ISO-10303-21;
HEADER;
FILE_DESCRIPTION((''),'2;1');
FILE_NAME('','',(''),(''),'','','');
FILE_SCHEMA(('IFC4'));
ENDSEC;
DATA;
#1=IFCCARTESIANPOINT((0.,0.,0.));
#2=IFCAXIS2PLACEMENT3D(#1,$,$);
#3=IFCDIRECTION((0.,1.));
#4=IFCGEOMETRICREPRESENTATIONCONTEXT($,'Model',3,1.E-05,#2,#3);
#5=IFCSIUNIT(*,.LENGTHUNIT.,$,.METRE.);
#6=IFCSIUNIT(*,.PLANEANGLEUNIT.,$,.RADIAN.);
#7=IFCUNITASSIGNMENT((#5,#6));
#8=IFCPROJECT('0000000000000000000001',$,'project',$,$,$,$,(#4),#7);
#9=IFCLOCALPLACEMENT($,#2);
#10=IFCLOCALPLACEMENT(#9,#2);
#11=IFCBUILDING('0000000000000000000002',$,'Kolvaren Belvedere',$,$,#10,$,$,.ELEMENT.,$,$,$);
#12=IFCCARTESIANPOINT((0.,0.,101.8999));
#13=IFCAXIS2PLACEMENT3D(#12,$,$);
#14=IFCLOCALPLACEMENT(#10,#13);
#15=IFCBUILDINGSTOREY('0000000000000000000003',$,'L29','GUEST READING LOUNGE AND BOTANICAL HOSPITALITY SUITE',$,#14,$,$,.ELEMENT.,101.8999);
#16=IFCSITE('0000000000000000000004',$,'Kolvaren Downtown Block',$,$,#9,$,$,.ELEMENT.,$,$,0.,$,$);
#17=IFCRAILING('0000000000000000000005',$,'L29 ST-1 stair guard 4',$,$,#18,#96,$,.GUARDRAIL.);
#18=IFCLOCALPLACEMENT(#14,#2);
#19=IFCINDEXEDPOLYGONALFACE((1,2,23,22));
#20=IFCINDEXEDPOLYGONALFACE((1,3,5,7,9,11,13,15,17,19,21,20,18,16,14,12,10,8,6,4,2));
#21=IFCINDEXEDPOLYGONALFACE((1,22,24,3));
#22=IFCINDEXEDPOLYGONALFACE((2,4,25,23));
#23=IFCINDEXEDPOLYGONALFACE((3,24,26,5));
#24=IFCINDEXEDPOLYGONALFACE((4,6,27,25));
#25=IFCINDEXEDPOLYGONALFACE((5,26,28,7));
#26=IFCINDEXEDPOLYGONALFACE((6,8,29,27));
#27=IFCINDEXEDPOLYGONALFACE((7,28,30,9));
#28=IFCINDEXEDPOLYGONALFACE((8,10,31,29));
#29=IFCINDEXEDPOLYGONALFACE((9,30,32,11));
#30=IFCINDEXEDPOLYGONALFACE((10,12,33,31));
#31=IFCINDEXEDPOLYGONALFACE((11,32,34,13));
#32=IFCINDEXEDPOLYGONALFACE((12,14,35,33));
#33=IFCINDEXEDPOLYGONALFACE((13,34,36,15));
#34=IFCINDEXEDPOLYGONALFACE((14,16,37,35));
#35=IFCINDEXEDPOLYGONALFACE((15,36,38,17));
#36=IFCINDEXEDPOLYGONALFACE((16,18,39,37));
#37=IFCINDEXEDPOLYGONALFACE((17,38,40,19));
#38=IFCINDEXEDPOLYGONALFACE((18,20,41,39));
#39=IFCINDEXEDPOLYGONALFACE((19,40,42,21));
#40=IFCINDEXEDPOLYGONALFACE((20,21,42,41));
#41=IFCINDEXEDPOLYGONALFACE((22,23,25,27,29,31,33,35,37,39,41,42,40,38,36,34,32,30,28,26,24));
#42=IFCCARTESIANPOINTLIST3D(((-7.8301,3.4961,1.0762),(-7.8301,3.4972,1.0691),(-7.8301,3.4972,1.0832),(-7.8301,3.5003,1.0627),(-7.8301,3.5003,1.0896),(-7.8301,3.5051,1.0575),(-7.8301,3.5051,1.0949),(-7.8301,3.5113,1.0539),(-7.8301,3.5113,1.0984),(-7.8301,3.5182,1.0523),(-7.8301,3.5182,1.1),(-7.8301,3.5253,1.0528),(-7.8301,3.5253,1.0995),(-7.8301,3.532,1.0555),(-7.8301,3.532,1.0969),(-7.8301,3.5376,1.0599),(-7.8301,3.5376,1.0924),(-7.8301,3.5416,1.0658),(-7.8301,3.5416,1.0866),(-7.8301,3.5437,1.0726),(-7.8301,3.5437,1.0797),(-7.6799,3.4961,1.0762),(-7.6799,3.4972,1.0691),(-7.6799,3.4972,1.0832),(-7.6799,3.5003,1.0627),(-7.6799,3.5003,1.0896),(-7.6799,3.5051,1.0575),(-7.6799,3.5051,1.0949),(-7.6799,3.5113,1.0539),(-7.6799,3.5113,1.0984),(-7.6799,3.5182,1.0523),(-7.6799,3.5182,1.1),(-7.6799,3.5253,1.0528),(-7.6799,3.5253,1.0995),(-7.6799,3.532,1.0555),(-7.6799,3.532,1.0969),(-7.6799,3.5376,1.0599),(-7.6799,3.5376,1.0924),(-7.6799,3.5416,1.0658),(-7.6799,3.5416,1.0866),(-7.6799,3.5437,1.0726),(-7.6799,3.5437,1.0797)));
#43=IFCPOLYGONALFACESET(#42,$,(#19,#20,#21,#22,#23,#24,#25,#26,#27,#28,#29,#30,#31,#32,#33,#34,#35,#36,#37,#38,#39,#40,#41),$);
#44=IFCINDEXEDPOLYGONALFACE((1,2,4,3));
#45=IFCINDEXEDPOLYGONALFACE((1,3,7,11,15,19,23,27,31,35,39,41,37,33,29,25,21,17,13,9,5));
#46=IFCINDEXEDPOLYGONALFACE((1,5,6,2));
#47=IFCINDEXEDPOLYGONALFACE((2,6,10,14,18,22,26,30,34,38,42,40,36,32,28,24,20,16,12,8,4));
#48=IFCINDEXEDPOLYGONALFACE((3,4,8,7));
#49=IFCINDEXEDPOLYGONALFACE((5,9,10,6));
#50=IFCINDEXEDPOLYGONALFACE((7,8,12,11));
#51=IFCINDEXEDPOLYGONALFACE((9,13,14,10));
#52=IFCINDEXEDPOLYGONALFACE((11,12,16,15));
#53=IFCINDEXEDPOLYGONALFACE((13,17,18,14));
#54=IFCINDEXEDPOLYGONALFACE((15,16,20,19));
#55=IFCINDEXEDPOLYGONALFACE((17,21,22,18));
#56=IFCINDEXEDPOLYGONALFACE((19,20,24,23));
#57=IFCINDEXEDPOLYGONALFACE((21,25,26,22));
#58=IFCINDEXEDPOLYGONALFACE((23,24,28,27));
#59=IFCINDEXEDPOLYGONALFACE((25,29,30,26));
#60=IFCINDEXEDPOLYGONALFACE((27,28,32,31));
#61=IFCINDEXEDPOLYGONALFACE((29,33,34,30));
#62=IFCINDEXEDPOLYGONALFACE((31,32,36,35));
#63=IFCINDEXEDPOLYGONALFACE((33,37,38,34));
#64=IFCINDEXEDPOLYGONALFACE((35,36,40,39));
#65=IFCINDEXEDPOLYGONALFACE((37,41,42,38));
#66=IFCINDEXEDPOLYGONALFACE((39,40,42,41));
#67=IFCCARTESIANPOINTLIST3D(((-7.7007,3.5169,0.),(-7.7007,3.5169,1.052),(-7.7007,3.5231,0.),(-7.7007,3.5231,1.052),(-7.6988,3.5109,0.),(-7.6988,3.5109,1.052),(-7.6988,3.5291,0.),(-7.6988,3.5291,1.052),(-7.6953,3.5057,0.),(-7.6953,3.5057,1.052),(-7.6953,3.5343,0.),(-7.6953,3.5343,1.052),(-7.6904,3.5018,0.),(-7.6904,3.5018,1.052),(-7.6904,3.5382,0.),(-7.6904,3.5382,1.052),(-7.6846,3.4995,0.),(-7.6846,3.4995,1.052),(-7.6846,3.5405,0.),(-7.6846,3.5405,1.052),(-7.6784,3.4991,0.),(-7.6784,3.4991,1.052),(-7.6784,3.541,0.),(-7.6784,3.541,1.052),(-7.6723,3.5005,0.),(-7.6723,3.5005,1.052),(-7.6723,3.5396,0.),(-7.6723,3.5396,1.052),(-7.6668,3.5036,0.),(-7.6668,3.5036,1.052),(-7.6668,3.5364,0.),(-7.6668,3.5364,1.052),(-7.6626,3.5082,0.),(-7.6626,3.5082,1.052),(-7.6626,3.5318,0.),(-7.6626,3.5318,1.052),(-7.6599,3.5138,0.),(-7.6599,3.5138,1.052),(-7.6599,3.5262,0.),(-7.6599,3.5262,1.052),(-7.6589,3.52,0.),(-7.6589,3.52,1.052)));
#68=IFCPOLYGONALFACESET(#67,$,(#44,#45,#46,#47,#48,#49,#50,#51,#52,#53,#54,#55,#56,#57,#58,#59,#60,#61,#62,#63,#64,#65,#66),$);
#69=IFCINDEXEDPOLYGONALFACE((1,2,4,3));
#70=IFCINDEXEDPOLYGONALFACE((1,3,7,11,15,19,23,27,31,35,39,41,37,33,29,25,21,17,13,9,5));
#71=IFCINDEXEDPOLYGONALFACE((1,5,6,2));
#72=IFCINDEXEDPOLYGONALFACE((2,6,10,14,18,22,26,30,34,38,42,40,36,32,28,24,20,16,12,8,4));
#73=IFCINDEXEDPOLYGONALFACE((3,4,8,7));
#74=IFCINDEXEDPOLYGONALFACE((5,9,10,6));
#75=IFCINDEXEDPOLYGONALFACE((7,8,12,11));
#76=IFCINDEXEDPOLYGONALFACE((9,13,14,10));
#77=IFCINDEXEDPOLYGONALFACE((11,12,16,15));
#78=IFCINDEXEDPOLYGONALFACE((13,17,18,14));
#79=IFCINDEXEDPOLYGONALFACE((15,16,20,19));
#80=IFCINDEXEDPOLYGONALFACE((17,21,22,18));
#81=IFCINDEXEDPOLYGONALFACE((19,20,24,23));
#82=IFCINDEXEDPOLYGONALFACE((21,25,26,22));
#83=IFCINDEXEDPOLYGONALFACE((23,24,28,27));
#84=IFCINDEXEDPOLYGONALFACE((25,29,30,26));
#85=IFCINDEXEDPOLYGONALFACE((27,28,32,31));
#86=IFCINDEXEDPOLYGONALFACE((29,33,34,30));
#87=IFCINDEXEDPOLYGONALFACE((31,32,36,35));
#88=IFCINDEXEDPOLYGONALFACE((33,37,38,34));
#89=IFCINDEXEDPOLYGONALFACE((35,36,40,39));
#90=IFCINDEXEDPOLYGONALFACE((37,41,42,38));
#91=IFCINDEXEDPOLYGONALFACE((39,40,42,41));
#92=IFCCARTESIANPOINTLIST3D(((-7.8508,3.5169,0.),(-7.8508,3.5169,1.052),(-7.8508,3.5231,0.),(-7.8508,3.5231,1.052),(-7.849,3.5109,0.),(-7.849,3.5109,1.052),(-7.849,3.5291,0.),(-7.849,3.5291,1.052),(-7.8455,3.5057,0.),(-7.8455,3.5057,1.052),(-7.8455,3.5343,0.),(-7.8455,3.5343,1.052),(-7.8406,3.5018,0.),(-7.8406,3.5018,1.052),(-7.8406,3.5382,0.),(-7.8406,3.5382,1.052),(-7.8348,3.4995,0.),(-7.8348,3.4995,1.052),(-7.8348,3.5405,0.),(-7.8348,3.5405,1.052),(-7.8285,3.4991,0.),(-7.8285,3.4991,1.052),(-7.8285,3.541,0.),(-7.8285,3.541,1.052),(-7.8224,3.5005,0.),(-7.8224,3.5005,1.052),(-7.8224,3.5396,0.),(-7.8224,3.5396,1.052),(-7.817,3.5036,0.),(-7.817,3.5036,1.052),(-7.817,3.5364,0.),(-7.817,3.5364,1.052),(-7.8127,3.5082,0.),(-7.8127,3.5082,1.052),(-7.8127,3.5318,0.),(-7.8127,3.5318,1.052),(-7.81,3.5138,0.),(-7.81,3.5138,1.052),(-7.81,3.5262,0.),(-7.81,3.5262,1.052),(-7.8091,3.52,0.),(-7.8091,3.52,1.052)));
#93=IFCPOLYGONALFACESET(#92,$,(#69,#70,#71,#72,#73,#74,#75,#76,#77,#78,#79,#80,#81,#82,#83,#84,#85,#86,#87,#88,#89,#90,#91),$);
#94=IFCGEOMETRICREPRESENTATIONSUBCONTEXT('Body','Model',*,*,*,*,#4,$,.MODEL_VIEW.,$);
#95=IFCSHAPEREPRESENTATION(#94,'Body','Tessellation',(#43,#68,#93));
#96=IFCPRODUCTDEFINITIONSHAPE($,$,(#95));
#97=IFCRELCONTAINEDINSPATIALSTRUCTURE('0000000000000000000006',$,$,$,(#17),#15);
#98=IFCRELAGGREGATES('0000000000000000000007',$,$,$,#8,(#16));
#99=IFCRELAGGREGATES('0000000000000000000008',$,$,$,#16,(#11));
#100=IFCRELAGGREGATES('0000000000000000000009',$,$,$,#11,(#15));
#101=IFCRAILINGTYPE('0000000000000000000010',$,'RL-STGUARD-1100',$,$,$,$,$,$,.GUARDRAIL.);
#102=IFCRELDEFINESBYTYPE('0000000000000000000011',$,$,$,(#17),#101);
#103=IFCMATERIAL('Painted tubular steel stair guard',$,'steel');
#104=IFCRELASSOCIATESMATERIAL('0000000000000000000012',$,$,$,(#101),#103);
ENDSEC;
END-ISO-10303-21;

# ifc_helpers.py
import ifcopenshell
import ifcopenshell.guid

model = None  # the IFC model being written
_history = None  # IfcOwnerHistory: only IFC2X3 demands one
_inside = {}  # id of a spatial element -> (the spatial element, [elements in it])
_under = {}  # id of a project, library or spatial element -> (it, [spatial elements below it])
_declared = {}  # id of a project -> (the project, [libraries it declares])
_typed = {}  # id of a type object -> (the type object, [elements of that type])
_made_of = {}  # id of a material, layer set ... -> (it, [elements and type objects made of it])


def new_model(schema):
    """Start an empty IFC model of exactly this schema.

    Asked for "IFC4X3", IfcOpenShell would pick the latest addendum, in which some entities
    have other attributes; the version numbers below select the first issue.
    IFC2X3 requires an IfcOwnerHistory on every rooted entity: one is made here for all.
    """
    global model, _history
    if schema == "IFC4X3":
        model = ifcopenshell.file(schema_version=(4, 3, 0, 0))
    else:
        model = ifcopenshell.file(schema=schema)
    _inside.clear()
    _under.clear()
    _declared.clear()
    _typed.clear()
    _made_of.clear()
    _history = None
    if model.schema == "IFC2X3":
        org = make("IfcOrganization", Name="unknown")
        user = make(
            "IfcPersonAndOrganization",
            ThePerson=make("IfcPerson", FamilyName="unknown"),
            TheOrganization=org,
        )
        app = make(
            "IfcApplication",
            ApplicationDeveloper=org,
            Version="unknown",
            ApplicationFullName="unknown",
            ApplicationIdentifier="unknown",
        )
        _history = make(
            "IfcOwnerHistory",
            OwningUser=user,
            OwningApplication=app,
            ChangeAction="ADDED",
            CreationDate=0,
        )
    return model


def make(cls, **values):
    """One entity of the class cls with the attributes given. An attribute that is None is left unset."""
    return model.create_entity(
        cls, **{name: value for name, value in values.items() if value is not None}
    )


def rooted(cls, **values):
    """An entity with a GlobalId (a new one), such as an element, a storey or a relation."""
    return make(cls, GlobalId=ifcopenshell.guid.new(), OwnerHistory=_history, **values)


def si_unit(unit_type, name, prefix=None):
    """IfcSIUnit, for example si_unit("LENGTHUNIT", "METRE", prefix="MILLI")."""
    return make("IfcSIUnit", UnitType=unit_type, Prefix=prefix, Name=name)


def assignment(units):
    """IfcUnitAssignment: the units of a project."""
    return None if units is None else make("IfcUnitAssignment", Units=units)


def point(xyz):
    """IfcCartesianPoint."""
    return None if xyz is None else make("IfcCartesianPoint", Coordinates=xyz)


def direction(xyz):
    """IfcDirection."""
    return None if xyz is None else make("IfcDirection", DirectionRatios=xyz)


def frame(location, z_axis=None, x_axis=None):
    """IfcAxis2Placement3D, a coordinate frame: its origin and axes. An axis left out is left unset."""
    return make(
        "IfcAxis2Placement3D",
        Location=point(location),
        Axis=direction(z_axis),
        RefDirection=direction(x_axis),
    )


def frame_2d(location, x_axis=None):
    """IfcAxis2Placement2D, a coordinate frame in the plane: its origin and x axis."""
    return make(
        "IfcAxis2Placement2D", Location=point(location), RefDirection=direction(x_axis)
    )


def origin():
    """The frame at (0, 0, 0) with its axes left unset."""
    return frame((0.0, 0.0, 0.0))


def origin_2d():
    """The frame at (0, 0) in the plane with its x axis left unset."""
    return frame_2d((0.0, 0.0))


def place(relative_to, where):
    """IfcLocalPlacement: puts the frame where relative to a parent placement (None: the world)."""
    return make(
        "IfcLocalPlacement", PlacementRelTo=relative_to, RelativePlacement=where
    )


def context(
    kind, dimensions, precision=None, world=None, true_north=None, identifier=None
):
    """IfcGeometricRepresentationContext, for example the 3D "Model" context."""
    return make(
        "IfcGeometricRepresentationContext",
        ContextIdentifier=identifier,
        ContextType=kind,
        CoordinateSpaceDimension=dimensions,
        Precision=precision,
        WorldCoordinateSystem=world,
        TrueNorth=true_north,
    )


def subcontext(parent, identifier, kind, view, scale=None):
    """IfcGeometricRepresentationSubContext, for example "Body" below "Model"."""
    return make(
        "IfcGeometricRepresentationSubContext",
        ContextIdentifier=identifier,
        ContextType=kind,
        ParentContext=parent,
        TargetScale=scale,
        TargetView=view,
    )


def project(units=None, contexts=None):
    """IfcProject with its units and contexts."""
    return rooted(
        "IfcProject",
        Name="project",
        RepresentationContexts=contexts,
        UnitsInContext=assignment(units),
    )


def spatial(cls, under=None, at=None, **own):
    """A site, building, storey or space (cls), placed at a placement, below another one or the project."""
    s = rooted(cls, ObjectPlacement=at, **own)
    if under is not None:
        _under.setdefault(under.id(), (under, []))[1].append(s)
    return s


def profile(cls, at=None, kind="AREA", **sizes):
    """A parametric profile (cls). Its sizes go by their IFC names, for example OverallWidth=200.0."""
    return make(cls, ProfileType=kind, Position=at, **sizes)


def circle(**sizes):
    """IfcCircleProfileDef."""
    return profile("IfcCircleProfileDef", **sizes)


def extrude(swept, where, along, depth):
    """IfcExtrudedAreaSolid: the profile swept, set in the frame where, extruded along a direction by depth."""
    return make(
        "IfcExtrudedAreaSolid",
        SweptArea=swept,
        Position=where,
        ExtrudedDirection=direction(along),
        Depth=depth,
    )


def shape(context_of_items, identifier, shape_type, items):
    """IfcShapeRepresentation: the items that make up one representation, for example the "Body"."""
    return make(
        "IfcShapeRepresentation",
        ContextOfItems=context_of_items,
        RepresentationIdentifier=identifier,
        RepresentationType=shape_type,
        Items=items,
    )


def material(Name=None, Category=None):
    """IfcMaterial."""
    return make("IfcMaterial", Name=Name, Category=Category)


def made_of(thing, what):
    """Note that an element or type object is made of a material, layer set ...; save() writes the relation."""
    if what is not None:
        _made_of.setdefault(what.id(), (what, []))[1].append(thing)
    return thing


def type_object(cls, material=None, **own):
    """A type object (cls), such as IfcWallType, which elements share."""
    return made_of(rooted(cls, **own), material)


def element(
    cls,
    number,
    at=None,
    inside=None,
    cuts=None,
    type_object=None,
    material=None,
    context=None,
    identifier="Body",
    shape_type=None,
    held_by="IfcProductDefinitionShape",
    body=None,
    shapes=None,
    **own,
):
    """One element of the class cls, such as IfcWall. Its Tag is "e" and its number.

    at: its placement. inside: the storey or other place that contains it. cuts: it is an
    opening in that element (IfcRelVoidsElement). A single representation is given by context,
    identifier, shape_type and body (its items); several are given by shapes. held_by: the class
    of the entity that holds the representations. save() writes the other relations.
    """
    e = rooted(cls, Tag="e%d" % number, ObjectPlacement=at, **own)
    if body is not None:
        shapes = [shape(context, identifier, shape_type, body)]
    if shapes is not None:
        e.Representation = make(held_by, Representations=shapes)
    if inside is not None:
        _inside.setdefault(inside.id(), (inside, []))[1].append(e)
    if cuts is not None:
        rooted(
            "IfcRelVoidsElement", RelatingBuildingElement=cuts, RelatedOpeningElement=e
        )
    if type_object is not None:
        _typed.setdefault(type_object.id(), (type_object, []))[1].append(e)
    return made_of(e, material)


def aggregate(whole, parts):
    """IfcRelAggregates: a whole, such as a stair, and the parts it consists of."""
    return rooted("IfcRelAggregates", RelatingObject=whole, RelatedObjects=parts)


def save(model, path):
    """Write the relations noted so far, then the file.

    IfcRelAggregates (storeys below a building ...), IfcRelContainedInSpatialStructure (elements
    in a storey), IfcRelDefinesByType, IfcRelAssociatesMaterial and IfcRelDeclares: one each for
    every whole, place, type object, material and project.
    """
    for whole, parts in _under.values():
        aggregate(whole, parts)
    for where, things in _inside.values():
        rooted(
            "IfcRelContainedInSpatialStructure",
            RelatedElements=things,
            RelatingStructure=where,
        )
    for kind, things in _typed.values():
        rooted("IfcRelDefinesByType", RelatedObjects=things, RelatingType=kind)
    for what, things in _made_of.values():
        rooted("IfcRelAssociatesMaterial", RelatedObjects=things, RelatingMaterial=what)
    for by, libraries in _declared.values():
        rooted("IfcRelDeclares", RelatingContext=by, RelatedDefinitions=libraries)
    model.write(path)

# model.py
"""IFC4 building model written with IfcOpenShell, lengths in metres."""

from ifc_helpers import new_model, si_unit, direction, frame, origin, origin_2d, place, context, subcontext, project, spatial, circle, extrude, material, type_object, element, save


model = new_model("IFC4")

# Units and contexts
model_context = context("Model", 3, precision=1e-05, world=origin(), true_north=direction((0.0, 1.0)))
body_context = subcontext(model_context, "Body", "Model", "MODEL_VIEW")
ifc_project = project(units=[si_unit("LENGTHUNIT", "METRE"), si_unit("PLANEANGLEUNIT", "RADIAN")], contexts=[model_context])

# Site, building, storey
site_placement = place(None, origin())
site = spatial("IfcSite", under=ifc_project, at=site_placement, Name="Kolvaren Downtown Block", CompositionType="ELEMENT", RefElevation=0.0)
building_placement = place(site_placement, origin())
building = spatial("IfcBuilding", under=site, at=building_placement, Name="Kolvaren Belvedere", CompositionType="ELEMENT")
storey_placement = place(building_placement, frame((0.0, 0.0, 101.8999)))
storey = spatial("IfcBuildingStorey", under=building, at=storey_placement, Name="L29", Description="GUEST READING LOUNGE AND BOTANICAL HOSPITALITY SUITE", CompositionType="ELEMENT", Elevation=101.8999)

# Railing
ifc_material_1 = material(Name="Painted tubular steel stair guard", Category="steel")
railing_type_1 = type_object("IfcRailingType", Name="RL-STGUARD-1100", PredefinedType="GUARDRAIL", material=ifc_material_1)
railing_1_placement = place(storey_placement, frame((-7.6799, 3.52, 0.0)))
element("IfcRailing", 1, at=railing_1_placement, inside=storey, type_object=railing_type_1, Name="L29 ST-1 stair guard 4", PredefinedType="GUARDRAIL", context=body_context, shape_type="SweptSolid", body=[
    extrude(circle(Radius=0.0239, at=origin_2d()), frame((0.0, 0.0, 1.0762), z_axis=(-1.0, 0.0, 0.0), x_axis=(0.0, -1.0, 0.0)), (0.0, 0.0, 1.0), 0.1501),
    extrude(circle(Radius=0.021, at=origin_2d()), origin(), (0.0, 0.0, 1.0), 1.052),
    extrude(circle(Radius=0.021, at=origin_2d()), frame((-0.1501, 0.0, 0.0)), (0.0, 0.0, 1.0), 1.052),
])

save(model, "model.ifc")
